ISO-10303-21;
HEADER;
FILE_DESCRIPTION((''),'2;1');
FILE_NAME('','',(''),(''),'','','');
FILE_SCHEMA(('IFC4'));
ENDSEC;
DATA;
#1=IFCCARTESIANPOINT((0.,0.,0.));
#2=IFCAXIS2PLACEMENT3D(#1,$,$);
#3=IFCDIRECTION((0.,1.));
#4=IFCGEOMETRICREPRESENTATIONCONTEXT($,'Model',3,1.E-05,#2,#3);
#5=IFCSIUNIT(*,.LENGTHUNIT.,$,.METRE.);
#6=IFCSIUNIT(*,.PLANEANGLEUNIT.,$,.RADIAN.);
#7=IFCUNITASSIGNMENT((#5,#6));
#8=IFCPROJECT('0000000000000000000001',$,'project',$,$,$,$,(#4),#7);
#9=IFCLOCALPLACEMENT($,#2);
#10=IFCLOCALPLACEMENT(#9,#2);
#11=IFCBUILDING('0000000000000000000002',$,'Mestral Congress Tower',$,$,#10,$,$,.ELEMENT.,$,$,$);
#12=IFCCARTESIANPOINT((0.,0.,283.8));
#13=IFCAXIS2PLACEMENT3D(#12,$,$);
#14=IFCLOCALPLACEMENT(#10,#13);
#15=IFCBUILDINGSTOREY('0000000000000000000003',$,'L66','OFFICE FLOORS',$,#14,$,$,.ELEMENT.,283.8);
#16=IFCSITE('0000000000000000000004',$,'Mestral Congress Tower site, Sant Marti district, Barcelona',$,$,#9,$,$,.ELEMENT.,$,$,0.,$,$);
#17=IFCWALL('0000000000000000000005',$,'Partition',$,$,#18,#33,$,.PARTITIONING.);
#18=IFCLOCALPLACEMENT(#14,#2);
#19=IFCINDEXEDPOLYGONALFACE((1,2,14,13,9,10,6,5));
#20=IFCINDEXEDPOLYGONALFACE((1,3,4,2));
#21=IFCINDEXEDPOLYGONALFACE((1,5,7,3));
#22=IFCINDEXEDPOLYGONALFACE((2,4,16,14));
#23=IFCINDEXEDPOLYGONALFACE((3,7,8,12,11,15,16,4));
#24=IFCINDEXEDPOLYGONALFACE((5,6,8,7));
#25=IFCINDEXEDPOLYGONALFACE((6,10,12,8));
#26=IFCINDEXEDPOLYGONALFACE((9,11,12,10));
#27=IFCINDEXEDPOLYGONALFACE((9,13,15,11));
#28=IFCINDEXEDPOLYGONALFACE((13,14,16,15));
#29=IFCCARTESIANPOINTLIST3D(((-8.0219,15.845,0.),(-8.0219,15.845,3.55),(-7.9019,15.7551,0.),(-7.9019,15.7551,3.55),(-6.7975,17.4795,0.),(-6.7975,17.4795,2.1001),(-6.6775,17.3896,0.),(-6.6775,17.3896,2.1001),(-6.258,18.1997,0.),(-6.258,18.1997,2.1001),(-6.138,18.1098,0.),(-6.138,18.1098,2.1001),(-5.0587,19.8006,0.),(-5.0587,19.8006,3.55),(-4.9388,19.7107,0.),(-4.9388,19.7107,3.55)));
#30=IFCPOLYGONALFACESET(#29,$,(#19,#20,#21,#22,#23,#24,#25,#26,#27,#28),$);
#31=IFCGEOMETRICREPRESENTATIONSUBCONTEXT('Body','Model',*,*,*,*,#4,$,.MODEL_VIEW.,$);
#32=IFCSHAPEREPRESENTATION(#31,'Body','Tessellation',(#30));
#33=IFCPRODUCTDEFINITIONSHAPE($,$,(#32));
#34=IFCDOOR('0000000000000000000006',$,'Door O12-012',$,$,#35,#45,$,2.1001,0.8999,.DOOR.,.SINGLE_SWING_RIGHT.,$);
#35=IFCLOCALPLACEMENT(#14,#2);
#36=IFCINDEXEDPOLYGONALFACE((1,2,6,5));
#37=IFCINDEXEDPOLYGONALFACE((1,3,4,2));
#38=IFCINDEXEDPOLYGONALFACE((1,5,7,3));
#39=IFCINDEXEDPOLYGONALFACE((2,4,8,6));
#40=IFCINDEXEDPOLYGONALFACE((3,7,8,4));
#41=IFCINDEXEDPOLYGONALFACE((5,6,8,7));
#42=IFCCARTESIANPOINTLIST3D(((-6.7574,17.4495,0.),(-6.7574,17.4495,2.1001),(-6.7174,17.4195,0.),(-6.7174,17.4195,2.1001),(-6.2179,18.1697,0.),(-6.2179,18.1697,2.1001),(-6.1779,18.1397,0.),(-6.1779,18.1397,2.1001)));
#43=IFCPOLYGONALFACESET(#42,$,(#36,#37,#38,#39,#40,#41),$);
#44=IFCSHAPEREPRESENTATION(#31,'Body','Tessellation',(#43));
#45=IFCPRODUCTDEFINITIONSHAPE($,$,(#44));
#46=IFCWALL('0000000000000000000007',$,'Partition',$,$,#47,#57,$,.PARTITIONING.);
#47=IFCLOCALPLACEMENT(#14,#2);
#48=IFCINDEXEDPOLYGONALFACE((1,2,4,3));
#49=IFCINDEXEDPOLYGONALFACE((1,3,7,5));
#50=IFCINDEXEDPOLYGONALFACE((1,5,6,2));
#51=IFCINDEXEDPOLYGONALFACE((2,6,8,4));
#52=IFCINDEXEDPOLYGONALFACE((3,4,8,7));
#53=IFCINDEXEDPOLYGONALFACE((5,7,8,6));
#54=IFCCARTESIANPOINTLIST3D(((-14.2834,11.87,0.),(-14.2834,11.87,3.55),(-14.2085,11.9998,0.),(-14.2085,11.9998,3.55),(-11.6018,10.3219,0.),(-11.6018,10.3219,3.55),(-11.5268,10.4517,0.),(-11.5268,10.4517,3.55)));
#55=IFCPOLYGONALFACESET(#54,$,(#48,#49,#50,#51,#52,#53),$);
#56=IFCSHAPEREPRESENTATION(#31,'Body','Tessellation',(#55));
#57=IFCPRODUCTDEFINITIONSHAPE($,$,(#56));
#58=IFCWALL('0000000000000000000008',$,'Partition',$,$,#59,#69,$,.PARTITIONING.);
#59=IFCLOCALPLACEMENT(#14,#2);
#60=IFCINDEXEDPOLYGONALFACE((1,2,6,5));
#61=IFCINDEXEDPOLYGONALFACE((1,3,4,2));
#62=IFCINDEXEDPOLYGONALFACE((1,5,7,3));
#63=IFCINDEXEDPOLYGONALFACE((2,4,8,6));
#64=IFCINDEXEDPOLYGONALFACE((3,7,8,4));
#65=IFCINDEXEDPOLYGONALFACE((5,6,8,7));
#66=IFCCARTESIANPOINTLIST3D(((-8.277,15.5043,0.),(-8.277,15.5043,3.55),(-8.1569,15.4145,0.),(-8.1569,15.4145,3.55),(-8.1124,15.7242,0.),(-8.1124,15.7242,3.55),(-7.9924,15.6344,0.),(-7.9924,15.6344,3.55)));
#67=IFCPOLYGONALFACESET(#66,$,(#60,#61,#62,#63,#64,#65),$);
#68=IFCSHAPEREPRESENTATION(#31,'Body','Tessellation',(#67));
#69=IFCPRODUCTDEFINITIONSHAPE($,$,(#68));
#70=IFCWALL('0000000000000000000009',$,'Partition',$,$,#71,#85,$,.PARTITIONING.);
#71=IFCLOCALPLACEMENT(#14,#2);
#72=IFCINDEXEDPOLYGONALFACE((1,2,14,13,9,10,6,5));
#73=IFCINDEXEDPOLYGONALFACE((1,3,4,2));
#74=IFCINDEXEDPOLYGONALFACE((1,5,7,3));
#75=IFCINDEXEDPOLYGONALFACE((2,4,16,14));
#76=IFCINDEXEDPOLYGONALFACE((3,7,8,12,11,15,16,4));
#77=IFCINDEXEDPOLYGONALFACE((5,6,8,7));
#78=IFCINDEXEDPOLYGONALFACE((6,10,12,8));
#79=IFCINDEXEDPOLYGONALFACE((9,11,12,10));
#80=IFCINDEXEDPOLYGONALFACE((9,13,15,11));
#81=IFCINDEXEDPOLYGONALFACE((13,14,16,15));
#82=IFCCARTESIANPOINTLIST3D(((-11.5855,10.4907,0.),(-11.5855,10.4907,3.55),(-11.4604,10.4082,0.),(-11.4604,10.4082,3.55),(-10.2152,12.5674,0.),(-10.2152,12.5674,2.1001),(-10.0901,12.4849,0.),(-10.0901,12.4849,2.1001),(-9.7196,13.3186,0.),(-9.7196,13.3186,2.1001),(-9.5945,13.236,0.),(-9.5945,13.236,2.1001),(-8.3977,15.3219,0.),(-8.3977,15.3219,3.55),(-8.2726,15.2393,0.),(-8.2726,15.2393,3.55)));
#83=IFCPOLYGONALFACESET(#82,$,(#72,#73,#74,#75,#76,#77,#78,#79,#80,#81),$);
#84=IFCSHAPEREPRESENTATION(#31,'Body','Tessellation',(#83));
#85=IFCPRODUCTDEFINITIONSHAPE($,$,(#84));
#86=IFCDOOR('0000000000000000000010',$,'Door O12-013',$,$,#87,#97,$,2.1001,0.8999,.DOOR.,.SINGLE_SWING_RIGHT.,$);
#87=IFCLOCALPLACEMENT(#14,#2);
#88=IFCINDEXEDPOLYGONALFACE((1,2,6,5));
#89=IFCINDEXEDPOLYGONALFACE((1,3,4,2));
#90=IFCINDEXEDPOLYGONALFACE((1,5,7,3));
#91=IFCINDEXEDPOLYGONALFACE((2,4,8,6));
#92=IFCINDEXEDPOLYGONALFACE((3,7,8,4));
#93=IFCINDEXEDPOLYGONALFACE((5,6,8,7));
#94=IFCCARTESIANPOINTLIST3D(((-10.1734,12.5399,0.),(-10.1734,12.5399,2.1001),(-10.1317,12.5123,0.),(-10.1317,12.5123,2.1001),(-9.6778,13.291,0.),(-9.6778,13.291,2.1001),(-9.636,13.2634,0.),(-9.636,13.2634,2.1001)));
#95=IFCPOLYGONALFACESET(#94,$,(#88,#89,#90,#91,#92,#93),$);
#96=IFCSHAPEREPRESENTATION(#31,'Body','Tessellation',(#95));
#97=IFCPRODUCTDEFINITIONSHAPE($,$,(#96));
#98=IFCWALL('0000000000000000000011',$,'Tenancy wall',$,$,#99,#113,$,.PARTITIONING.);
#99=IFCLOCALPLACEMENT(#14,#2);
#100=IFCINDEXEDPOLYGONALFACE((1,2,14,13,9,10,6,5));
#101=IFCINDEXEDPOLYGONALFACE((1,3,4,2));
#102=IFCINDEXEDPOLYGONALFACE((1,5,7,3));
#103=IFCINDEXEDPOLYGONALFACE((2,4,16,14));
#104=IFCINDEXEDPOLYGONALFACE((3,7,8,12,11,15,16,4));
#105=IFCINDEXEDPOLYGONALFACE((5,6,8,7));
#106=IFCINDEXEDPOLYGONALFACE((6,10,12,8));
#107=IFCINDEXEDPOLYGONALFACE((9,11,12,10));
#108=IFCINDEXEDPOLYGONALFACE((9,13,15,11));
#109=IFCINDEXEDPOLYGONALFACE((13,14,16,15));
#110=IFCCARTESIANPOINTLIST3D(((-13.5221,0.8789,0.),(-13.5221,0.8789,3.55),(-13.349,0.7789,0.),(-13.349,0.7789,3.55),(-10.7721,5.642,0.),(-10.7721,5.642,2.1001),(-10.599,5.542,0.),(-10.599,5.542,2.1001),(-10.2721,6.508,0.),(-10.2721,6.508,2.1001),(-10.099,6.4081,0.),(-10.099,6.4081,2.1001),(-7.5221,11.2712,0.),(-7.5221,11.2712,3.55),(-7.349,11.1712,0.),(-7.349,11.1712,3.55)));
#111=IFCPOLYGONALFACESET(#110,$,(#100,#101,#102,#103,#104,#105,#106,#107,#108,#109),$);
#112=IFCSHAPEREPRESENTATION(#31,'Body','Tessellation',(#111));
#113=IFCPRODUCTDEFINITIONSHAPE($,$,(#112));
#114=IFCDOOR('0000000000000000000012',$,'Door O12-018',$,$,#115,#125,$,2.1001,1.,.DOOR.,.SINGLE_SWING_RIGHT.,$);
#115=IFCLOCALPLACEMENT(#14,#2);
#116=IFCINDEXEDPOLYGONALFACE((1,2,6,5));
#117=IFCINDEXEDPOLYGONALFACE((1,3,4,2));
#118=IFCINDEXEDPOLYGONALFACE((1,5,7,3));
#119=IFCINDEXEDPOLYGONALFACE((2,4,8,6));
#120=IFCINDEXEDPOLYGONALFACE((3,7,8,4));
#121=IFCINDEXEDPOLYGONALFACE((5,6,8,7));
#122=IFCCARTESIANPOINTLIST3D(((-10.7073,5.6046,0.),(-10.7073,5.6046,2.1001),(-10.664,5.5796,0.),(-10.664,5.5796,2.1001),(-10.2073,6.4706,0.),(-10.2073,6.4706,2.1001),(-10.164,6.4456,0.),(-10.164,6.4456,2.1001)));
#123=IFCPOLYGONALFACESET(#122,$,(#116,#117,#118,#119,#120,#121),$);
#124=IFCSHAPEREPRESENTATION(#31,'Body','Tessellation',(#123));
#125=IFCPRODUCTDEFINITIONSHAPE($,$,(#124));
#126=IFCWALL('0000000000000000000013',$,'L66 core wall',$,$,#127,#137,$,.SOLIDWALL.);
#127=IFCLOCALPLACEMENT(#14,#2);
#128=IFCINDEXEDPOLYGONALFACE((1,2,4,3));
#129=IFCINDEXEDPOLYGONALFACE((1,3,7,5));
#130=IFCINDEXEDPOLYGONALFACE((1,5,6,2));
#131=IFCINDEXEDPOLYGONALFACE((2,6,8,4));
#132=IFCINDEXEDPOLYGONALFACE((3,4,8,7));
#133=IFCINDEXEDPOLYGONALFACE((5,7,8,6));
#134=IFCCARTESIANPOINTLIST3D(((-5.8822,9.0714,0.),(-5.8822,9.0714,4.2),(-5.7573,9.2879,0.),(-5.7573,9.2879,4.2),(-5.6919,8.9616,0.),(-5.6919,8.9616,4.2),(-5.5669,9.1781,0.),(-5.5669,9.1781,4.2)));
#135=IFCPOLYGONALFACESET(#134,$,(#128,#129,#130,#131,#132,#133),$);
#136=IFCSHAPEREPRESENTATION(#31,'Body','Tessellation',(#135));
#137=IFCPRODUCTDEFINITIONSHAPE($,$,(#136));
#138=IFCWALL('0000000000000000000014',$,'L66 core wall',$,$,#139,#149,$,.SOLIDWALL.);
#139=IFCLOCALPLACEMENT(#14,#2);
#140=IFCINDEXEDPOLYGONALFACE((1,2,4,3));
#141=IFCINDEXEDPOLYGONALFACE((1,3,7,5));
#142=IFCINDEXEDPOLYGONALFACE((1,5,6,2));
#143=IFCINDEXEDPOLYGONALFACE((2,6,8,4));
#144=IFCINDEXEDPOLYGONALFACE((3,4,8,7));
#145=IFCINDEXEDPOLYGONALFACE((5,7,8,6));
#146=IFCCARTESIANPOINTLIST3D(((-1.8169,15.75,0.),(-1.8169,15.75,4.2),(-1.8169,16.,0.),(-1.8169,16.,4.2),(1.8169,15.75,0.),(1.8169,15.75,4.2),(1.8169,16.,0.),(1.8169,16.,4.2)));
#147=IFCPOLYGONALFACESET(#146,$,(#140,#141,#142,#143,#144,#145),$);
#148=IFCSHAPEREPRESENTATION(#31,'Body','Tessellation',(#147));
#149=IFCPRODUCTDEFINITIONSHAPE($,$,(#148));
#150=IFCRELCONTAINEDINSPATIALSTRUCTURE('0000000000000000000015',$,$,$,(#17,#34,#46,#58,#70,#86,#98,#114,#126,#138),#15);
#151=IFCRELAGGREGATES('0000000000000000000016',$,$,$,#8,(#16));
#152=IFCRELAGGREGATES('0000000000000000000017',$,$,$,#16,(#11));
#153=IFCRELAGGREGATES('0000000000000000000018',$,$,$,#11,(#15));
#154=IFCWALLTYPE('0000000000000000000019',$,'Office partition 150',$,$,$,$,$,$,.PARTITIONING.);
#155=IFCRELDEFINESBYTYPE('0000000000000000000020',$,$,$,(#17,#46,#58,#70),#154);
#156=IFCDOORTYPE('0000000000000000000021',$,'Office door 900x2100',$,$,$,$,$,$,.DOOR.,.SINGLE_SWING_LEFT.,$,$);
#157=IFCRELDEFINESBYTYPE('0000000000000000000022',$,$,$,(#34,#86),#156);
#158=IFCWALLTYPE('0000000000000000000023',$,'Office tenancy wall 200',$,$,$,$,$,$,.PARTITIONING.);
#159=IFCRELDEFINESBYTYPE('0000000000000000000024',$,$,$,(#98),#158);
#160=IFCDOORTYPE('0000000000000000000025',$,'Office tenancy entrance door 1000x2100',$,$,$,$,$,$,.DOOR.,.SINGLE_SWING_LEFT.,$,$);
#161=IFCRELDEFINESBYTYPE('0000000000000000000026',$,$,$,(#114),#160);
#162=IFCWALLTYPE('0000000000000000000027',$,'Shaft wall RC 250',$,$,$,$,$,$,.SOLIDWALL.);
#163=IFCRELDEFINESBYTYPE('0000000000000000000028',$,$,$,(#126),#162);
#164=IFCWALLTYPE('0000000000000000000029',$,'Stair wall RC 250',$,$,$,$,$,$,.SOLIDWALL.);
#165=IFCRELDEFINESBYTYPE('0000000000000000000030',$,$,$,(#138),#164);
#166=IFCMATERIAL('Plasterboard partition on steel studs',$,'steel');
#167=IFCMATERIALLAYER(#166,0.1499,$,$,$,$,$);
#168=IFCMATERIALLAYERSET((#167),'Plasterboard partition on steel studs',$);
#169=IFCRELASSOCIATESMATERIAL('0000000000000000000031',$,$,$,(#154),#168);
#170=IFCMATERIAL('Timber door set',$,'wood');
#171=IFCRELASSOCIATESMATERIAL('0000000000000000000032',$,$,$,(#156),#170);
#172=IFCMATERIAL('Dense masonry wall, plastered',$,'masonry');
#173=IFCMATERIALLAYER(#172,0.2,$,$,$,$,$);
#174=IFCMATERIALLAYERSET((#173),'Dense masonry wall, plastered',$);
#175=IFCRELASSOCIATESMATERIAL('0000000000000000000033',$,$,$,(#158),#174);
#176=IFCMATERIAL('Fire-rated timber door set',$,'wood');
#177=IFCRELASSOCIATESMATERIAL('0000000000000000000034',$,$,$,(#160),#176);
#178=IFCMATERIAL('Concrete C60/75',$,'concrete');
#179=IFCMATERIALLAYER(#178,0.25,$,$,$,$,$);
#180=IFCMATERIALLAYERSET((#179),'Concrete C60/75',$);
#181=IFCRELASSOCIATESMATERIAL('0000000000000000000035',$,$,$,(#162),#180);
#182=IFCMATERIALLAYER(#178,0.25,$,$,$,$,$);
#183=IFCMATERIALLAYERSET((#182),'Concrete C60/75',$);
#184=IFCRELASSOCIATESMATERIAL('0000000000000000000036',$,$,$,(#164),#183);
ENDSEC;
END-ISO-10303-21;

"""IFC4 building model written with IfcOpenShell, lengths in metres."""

from ifc_helpers import new_model, si_unit, direction, frame, frame_2d, origin, place, context, subcontext, project, spatial, rectangle, extrude, material, layer, layer_set, type_object, element, fill, save


model = new_model("IFC4")

# Units and contexts
model_context = context("Model", 3, precision=1e-05, world=origin(), true_north=direction((0.0, 1.0)))
body_context = subcontext(model_context, "Body", "Model", "MODEL_VIEW")
ifc_project = project(units=[si_unit("LENGTHUNIT", "METRE"), si_unit("PLANEANGLEUNIT", "RADIAN")], contexts=[model_context])

# Site, building, storey
site_placement = place(None, origin())
site = spatial("IfcSite", under=ifc_project, at=site_placement, Name="Mestral Congress Tower site, Sant Marti district, Barcelona", CompositionType="ELEMENT", RefElevation=0.0)
building_placement = place(site_placement, origin())
building = spatial("IfcBuilding", under=site, at=building_placement, Name="Mestral Congress Tower", CompositionType="ELEMENT")
storey_placement = place(building_placement, frame((0.0, 0.0, 283.8)))
storey = spatial("IfcBuildingStorey", under=building, at=storey_placement, Name="L66", Description="OFFICE FLOORS", CompositionType="ELEMENT", Elevation=283.8)

# Shared definitions
ifc_material_1 = material(Name="Concrete C60/75", Category="concrete")

# Shared definitions
ifc_material_2 = material(Name="Plasterboard partition on steel studs", Category="steel")
ifc_layer_1 = layer(ifc_material_2, 0.1499)
ifc_layer_set_1 = layer_set([ifc_layer_1], Name="Plasterboard partition on steel studs")
wall_type_1 = type_object("IfcWallType", Name="Office partition 150", PredefinedType="PARTITIONING", material=ifc_layer_set_1)

# Wall, opening, door
wall_1_placement = place(storey_placement, frame((-7.9619, 15.8, 0.0), z_axis=(0.0, 0.0, 1.0), x_axis=(0.599541, 0.800344, 0.0)))
wall_1 = element("IfcWall", 1, at=wall_1_placement, inside=storey, type_object=wall_type_1, Name="Partition", PredefinedType="PARTITIONING", context=body_context, shape_type="SweptSolid", body=[
    extrude(rectangle(XDim=4.9424, YDim=0.1499, at=frame_2d((2.4712, 0.0))), origin(), (0.0, 0.0, 1.0), 3.55),
])
opening_1_placement = place(wall_1_placement, frame((2.0422, 0.0, 0.0)))
opening_1 = element("IfcOpeningElement", 2, at=opening_1_placement, cuts=wall_1, PredefinedType="OPENING", context=body_context, shape_type="SweptSolid", body=[
    extrude(rectangle(XDim=0.8999, YDim=2.1001, at=frame_2d((0.45, 1.05))), frame((0.0, 0.085, 0.0), z_axis=(0.0, -1.0, 0.0), x_axis=(1.0, 0.0, 0.0)), (0.0, 0.0, 1.0), 0.1699),
])
ifc_material_3 = material(Name="Timber door set", Category="wood")
door_type_1 = type_object("IfcDoorType", Name="Office door 900x2100", OperationType="SINGLE_SWING_LEFT", PredefinedType="DOOR", material=ifc_material_3)
door_1_placement = place(opening_1_placement, origin())
door_1 = element("IfcDoor", 3, at=door_1_placement, inside=storey, type_object=door_type_1, Name="Door O12-012", OperationType="SINGLE_SWING_RIGHT", OverallHeight=2.1001, OverallWidth=0.8999, PredefinedType="DOOR", context=body_context, shape_type="SweptSolid", body=[
    extrude(rectangle(XDim=0.8999, YDim=2.1001, at=frame_2d((0.45, 1.05))), frame((0.0, 0.0249, 0.0), z_axis=(0.0, -1.0, 0.0), x_axis=(1.0, 0.0, 0.0)), (0.0, 0.0, 1.0), 0.05),
])
fill(opening_1, door_1)

# Walls
wall_2_placement = place(storey_placement, frame((-11.5642, 10.3867, 0.0), z_axis=(0.0, 0.0, 1.0), x_axis=(-0.866046, 0.499964, 0.0)))
element("IfcWall", 4, at=wall_2_placement, inside=storey, type_object=wall_type_1, Name="Partition", PredefinedType="PARTITIONING", context=body_context, shape_type="SweptSolid", body=[
    extrude(rectangle(XDim=3.0964, YDim=0.1499, at=frame_2d((1.5483, 0.0))), origin(), (0.0, 0.0, 1.0), 3.55),
])
wall_3_placement = place(storey_placement, frame((-8.0525, 15.6792, 0.0), z_axis=(0.0, 0.0, 1.0), x_axis=(-0.599004, -0.800746, 0.0)))
element("IfcWall", 5, at=wall_3_placement, inside=storey, type_object=wall_type_1, Name="Partition", PredefinedType="PARTITIONING", context=body_context, shape_type="SweptSolid", body=[
    extrude(rectangle(XDim=0.2747, YDim=0.1499, at=frame_2d((0.1372, 0.0))), origin(), (0.0, 0.0, 1.0), 3.55),
])

# Walls, openings, doors
wall_4_placement = place(storey_placement, frame((-11.5229, 10.4495, 0.0), z_axis=(0.0, 0.0, 1.0), x_axis=(0.550752, 0.834669, 0.0)))
wall_4 = element("IfcWall", 6, at=wall_4_placement, inside=storey, type_object=wall_type_1, Name="Partition", PredefinedType="PARTITIONING", context=body_context, shape_type="SweptSolid", body=[
    extrude(rectangle(XDim=5.7881, YDim=0.1499, at=frame_2d((2.894, 0.0))), origin(), (0.0, 0.0, 1.0), 3.55),
])
opening_2_placement = place(wall_4_placement, frame((2.488, 0.0, 0.0)))
opening_2 = element("IfcOpeningElement", 7, at=opening_2_placement, cuts=wall_4, PredefinedType="OPENING", context=body_context, shape_type="SweptSolid", body=[
    extrude(rectangle(XDim=0.8999, YDim=2.1001, at=frame_2d((0.45, 1.05))), frame((0.0, 0.085, 0.0), z_axis=(0.0, -1.0, 0.0), x_axis=(1.0, 0.0, 0.0)), (0.0, 0.0, 1.0), 0.1699),
])
door_2_placement = place(opening_2_placement, origin())
door_2 = element("IfcDoor", 8, at=door_2_placement, inside=storey, type_object=door_type_1, Name="Door O12-013", OperationType="SINGLE_SWING_RIGHT", OverallHeight=2.1001, OverallWidth=0.8999, PredefinedType="DOOR", context=body_context, shape_type="SweptSolid", body=[
    extrude(rectangle(XDim=0.8999, YDim=2.1001, at=frame_2d((0.45, 1.05))), frame((0.0, 0.0249, 0.0), z_axis=(0.0, -1.0, 0.0), x_axis=(1.0, 0.0, 0.0)), (0.0, 0.0, 1.0), 0.05),
])
fill(opening_2, door_2)
ifc_material_4 = material(Name="Dense masonry wall, plastered", Category="masonry")
ifc_layer_2 = layer(ifc_material_4, 0.2)
ifc_layer_set_2 = layer_set([ifc_layer_2], Name="Dense masonry wall, plastered")
wall_type_2 = type_object("IfcWallType", Name="Office tenancy wall 200", PredefinedType="PARTITIONING", material=ifc_layer_set_2)
wall_5_placement = place(storey_placement, frame((-7.4355, 11.2212, 0.0), z_axis=(0.0, 0.0, 1.0), x_axis=(-0.499999, -0.866026, 0.0)))
wall_5 = element("IfcWall", 9, at=wall_5_placement, inside=storey, type_object=wall_type_2, Name="Tenancy wall", PredefinedType="PARTITIONING", context=body_context, shape_type="SweptSolid", body=[
    extrude(rectangle(XDim=12.0, YDim=0.2, at=frame_2d((6.0, 0.0))), origin(), (0.0, 0.0, 1.0), 3.55),
])
opening_3_placement = place(wall_5_placement, frame((5.5, 0.0, 0.0)))
opening_3 = element("IfcOpeningElement", 10, at=opening_3_placement, cuts=wall_5, PredefinedType="OPENING", context=body_context, shape_type="SweptSolid", body=[
    extrude(rectangle(XDim=1.0, YDim=2.1001, at=frame_2d((0.5, 1.05))), frame((0.0, 0.1099, 0.0), z_axis=(0.0, -1.0, 0.0), x_axis=(1.0, 0.0, 0.0)), (0.0, 0.0, 1.0), 0.22),
])
ifc_material_5 = material(Name="Fire-rated timber door set", Category="wood")
door_type_2 = type_object("IfcDoorType", Name="Office tenancy entrance door 1000x2100", OperationType="SINGLE_SWING_LEFT", PredefinedType="DOOR", material=ifc_material_5)
door_3_placement = place(opening_3_placement, origin())
door_3 = element("IfcDoor", 11, at=door_3_placement, inside=storey, type_object=door_type_2, Name="Door O12-018", OperationType="SINGLE_SWING_RIGHT", OverallHeight=2.1001, OverallWidth=1.0, PredefinedType="DOOR", context=body_context, shape_type="SweptSolid", body=[
    extrude(rectangle(XDim=1.0, YDim=2.1001, at=frame_2d((0.5, 1.05))), frame((0.0, 0.0249, 0.0), z_axis=(0.0, -1.0, 0.0), x_axis=(1.0, 0.0, 0.0)), (0.0, 0.0, 1.0), 0.05),
])
fill(opening_3, door_3)

# Walls
ifc_layer_3 = layer(ifc_material_1, 0.25)
ifc_layer_set_3 = layer_set([ifc_layer_3], Name="Concrete C60/75")
wall_type_3 = type_object("IfcWallType", Name="Shaft wall RC 250", PredefinedType="SOLIDWALL", material=ifc_layer_set_3)
wall_6_placement = place(storey_placement, frame((-5.6294, 9.0698, 0.0), z_axis=(0.0, 0.0, 1.0), x_axis=(-0.866186, 0.499722, 0.0)))
element("IfcWall", 12, at=wall_6_placement, inside=storey, type_object=wall_type_3, Name="L66 core wall", PredefinedType="SOLIDWALL", context=body_context, shape_type="SweptSolid", body=[
    extrude(rectangle(XDim=0.2197, YDim=0.25, at=frame_2d((0.1099, 0.0))), origin(), (0.0, 0.0, 1.0), 4.2),
])
ifc_layer_4 = layer(ifc_material_1, 0.25)
ifc_layer_set_4 = layer_set([ifc_layer_4], Name="Concrete C60/75")
wall_type_4 = type_object("IfcWallType", Name="Stair wall RC 250", PredefinedType="SOLIDWALL", material=ifc_layer_set_4)
wall_7_placement = place(storey_placement, frame((-1.8169, 15.875, 0.0), z_axis=(0.0, 0.0, 1.0), x_axis=(1.0, 0.0, 0.0)))
element("IfcWall", 13, at=wall_7_placement, inside=storey, type_object=wall_type_4, Name="L66 core wall", PredefinedType="SOLIDWALL", context=body_context, shape_type="SweptSolid", body=[
    extrude(rectangle(XDim=3.6338, YDim=0.25, at=frame_2d((1.8169, 0.0))), origin(), (0.0, 0.0, 1.0), 4.2),
])

save(model, "model.ifc")
